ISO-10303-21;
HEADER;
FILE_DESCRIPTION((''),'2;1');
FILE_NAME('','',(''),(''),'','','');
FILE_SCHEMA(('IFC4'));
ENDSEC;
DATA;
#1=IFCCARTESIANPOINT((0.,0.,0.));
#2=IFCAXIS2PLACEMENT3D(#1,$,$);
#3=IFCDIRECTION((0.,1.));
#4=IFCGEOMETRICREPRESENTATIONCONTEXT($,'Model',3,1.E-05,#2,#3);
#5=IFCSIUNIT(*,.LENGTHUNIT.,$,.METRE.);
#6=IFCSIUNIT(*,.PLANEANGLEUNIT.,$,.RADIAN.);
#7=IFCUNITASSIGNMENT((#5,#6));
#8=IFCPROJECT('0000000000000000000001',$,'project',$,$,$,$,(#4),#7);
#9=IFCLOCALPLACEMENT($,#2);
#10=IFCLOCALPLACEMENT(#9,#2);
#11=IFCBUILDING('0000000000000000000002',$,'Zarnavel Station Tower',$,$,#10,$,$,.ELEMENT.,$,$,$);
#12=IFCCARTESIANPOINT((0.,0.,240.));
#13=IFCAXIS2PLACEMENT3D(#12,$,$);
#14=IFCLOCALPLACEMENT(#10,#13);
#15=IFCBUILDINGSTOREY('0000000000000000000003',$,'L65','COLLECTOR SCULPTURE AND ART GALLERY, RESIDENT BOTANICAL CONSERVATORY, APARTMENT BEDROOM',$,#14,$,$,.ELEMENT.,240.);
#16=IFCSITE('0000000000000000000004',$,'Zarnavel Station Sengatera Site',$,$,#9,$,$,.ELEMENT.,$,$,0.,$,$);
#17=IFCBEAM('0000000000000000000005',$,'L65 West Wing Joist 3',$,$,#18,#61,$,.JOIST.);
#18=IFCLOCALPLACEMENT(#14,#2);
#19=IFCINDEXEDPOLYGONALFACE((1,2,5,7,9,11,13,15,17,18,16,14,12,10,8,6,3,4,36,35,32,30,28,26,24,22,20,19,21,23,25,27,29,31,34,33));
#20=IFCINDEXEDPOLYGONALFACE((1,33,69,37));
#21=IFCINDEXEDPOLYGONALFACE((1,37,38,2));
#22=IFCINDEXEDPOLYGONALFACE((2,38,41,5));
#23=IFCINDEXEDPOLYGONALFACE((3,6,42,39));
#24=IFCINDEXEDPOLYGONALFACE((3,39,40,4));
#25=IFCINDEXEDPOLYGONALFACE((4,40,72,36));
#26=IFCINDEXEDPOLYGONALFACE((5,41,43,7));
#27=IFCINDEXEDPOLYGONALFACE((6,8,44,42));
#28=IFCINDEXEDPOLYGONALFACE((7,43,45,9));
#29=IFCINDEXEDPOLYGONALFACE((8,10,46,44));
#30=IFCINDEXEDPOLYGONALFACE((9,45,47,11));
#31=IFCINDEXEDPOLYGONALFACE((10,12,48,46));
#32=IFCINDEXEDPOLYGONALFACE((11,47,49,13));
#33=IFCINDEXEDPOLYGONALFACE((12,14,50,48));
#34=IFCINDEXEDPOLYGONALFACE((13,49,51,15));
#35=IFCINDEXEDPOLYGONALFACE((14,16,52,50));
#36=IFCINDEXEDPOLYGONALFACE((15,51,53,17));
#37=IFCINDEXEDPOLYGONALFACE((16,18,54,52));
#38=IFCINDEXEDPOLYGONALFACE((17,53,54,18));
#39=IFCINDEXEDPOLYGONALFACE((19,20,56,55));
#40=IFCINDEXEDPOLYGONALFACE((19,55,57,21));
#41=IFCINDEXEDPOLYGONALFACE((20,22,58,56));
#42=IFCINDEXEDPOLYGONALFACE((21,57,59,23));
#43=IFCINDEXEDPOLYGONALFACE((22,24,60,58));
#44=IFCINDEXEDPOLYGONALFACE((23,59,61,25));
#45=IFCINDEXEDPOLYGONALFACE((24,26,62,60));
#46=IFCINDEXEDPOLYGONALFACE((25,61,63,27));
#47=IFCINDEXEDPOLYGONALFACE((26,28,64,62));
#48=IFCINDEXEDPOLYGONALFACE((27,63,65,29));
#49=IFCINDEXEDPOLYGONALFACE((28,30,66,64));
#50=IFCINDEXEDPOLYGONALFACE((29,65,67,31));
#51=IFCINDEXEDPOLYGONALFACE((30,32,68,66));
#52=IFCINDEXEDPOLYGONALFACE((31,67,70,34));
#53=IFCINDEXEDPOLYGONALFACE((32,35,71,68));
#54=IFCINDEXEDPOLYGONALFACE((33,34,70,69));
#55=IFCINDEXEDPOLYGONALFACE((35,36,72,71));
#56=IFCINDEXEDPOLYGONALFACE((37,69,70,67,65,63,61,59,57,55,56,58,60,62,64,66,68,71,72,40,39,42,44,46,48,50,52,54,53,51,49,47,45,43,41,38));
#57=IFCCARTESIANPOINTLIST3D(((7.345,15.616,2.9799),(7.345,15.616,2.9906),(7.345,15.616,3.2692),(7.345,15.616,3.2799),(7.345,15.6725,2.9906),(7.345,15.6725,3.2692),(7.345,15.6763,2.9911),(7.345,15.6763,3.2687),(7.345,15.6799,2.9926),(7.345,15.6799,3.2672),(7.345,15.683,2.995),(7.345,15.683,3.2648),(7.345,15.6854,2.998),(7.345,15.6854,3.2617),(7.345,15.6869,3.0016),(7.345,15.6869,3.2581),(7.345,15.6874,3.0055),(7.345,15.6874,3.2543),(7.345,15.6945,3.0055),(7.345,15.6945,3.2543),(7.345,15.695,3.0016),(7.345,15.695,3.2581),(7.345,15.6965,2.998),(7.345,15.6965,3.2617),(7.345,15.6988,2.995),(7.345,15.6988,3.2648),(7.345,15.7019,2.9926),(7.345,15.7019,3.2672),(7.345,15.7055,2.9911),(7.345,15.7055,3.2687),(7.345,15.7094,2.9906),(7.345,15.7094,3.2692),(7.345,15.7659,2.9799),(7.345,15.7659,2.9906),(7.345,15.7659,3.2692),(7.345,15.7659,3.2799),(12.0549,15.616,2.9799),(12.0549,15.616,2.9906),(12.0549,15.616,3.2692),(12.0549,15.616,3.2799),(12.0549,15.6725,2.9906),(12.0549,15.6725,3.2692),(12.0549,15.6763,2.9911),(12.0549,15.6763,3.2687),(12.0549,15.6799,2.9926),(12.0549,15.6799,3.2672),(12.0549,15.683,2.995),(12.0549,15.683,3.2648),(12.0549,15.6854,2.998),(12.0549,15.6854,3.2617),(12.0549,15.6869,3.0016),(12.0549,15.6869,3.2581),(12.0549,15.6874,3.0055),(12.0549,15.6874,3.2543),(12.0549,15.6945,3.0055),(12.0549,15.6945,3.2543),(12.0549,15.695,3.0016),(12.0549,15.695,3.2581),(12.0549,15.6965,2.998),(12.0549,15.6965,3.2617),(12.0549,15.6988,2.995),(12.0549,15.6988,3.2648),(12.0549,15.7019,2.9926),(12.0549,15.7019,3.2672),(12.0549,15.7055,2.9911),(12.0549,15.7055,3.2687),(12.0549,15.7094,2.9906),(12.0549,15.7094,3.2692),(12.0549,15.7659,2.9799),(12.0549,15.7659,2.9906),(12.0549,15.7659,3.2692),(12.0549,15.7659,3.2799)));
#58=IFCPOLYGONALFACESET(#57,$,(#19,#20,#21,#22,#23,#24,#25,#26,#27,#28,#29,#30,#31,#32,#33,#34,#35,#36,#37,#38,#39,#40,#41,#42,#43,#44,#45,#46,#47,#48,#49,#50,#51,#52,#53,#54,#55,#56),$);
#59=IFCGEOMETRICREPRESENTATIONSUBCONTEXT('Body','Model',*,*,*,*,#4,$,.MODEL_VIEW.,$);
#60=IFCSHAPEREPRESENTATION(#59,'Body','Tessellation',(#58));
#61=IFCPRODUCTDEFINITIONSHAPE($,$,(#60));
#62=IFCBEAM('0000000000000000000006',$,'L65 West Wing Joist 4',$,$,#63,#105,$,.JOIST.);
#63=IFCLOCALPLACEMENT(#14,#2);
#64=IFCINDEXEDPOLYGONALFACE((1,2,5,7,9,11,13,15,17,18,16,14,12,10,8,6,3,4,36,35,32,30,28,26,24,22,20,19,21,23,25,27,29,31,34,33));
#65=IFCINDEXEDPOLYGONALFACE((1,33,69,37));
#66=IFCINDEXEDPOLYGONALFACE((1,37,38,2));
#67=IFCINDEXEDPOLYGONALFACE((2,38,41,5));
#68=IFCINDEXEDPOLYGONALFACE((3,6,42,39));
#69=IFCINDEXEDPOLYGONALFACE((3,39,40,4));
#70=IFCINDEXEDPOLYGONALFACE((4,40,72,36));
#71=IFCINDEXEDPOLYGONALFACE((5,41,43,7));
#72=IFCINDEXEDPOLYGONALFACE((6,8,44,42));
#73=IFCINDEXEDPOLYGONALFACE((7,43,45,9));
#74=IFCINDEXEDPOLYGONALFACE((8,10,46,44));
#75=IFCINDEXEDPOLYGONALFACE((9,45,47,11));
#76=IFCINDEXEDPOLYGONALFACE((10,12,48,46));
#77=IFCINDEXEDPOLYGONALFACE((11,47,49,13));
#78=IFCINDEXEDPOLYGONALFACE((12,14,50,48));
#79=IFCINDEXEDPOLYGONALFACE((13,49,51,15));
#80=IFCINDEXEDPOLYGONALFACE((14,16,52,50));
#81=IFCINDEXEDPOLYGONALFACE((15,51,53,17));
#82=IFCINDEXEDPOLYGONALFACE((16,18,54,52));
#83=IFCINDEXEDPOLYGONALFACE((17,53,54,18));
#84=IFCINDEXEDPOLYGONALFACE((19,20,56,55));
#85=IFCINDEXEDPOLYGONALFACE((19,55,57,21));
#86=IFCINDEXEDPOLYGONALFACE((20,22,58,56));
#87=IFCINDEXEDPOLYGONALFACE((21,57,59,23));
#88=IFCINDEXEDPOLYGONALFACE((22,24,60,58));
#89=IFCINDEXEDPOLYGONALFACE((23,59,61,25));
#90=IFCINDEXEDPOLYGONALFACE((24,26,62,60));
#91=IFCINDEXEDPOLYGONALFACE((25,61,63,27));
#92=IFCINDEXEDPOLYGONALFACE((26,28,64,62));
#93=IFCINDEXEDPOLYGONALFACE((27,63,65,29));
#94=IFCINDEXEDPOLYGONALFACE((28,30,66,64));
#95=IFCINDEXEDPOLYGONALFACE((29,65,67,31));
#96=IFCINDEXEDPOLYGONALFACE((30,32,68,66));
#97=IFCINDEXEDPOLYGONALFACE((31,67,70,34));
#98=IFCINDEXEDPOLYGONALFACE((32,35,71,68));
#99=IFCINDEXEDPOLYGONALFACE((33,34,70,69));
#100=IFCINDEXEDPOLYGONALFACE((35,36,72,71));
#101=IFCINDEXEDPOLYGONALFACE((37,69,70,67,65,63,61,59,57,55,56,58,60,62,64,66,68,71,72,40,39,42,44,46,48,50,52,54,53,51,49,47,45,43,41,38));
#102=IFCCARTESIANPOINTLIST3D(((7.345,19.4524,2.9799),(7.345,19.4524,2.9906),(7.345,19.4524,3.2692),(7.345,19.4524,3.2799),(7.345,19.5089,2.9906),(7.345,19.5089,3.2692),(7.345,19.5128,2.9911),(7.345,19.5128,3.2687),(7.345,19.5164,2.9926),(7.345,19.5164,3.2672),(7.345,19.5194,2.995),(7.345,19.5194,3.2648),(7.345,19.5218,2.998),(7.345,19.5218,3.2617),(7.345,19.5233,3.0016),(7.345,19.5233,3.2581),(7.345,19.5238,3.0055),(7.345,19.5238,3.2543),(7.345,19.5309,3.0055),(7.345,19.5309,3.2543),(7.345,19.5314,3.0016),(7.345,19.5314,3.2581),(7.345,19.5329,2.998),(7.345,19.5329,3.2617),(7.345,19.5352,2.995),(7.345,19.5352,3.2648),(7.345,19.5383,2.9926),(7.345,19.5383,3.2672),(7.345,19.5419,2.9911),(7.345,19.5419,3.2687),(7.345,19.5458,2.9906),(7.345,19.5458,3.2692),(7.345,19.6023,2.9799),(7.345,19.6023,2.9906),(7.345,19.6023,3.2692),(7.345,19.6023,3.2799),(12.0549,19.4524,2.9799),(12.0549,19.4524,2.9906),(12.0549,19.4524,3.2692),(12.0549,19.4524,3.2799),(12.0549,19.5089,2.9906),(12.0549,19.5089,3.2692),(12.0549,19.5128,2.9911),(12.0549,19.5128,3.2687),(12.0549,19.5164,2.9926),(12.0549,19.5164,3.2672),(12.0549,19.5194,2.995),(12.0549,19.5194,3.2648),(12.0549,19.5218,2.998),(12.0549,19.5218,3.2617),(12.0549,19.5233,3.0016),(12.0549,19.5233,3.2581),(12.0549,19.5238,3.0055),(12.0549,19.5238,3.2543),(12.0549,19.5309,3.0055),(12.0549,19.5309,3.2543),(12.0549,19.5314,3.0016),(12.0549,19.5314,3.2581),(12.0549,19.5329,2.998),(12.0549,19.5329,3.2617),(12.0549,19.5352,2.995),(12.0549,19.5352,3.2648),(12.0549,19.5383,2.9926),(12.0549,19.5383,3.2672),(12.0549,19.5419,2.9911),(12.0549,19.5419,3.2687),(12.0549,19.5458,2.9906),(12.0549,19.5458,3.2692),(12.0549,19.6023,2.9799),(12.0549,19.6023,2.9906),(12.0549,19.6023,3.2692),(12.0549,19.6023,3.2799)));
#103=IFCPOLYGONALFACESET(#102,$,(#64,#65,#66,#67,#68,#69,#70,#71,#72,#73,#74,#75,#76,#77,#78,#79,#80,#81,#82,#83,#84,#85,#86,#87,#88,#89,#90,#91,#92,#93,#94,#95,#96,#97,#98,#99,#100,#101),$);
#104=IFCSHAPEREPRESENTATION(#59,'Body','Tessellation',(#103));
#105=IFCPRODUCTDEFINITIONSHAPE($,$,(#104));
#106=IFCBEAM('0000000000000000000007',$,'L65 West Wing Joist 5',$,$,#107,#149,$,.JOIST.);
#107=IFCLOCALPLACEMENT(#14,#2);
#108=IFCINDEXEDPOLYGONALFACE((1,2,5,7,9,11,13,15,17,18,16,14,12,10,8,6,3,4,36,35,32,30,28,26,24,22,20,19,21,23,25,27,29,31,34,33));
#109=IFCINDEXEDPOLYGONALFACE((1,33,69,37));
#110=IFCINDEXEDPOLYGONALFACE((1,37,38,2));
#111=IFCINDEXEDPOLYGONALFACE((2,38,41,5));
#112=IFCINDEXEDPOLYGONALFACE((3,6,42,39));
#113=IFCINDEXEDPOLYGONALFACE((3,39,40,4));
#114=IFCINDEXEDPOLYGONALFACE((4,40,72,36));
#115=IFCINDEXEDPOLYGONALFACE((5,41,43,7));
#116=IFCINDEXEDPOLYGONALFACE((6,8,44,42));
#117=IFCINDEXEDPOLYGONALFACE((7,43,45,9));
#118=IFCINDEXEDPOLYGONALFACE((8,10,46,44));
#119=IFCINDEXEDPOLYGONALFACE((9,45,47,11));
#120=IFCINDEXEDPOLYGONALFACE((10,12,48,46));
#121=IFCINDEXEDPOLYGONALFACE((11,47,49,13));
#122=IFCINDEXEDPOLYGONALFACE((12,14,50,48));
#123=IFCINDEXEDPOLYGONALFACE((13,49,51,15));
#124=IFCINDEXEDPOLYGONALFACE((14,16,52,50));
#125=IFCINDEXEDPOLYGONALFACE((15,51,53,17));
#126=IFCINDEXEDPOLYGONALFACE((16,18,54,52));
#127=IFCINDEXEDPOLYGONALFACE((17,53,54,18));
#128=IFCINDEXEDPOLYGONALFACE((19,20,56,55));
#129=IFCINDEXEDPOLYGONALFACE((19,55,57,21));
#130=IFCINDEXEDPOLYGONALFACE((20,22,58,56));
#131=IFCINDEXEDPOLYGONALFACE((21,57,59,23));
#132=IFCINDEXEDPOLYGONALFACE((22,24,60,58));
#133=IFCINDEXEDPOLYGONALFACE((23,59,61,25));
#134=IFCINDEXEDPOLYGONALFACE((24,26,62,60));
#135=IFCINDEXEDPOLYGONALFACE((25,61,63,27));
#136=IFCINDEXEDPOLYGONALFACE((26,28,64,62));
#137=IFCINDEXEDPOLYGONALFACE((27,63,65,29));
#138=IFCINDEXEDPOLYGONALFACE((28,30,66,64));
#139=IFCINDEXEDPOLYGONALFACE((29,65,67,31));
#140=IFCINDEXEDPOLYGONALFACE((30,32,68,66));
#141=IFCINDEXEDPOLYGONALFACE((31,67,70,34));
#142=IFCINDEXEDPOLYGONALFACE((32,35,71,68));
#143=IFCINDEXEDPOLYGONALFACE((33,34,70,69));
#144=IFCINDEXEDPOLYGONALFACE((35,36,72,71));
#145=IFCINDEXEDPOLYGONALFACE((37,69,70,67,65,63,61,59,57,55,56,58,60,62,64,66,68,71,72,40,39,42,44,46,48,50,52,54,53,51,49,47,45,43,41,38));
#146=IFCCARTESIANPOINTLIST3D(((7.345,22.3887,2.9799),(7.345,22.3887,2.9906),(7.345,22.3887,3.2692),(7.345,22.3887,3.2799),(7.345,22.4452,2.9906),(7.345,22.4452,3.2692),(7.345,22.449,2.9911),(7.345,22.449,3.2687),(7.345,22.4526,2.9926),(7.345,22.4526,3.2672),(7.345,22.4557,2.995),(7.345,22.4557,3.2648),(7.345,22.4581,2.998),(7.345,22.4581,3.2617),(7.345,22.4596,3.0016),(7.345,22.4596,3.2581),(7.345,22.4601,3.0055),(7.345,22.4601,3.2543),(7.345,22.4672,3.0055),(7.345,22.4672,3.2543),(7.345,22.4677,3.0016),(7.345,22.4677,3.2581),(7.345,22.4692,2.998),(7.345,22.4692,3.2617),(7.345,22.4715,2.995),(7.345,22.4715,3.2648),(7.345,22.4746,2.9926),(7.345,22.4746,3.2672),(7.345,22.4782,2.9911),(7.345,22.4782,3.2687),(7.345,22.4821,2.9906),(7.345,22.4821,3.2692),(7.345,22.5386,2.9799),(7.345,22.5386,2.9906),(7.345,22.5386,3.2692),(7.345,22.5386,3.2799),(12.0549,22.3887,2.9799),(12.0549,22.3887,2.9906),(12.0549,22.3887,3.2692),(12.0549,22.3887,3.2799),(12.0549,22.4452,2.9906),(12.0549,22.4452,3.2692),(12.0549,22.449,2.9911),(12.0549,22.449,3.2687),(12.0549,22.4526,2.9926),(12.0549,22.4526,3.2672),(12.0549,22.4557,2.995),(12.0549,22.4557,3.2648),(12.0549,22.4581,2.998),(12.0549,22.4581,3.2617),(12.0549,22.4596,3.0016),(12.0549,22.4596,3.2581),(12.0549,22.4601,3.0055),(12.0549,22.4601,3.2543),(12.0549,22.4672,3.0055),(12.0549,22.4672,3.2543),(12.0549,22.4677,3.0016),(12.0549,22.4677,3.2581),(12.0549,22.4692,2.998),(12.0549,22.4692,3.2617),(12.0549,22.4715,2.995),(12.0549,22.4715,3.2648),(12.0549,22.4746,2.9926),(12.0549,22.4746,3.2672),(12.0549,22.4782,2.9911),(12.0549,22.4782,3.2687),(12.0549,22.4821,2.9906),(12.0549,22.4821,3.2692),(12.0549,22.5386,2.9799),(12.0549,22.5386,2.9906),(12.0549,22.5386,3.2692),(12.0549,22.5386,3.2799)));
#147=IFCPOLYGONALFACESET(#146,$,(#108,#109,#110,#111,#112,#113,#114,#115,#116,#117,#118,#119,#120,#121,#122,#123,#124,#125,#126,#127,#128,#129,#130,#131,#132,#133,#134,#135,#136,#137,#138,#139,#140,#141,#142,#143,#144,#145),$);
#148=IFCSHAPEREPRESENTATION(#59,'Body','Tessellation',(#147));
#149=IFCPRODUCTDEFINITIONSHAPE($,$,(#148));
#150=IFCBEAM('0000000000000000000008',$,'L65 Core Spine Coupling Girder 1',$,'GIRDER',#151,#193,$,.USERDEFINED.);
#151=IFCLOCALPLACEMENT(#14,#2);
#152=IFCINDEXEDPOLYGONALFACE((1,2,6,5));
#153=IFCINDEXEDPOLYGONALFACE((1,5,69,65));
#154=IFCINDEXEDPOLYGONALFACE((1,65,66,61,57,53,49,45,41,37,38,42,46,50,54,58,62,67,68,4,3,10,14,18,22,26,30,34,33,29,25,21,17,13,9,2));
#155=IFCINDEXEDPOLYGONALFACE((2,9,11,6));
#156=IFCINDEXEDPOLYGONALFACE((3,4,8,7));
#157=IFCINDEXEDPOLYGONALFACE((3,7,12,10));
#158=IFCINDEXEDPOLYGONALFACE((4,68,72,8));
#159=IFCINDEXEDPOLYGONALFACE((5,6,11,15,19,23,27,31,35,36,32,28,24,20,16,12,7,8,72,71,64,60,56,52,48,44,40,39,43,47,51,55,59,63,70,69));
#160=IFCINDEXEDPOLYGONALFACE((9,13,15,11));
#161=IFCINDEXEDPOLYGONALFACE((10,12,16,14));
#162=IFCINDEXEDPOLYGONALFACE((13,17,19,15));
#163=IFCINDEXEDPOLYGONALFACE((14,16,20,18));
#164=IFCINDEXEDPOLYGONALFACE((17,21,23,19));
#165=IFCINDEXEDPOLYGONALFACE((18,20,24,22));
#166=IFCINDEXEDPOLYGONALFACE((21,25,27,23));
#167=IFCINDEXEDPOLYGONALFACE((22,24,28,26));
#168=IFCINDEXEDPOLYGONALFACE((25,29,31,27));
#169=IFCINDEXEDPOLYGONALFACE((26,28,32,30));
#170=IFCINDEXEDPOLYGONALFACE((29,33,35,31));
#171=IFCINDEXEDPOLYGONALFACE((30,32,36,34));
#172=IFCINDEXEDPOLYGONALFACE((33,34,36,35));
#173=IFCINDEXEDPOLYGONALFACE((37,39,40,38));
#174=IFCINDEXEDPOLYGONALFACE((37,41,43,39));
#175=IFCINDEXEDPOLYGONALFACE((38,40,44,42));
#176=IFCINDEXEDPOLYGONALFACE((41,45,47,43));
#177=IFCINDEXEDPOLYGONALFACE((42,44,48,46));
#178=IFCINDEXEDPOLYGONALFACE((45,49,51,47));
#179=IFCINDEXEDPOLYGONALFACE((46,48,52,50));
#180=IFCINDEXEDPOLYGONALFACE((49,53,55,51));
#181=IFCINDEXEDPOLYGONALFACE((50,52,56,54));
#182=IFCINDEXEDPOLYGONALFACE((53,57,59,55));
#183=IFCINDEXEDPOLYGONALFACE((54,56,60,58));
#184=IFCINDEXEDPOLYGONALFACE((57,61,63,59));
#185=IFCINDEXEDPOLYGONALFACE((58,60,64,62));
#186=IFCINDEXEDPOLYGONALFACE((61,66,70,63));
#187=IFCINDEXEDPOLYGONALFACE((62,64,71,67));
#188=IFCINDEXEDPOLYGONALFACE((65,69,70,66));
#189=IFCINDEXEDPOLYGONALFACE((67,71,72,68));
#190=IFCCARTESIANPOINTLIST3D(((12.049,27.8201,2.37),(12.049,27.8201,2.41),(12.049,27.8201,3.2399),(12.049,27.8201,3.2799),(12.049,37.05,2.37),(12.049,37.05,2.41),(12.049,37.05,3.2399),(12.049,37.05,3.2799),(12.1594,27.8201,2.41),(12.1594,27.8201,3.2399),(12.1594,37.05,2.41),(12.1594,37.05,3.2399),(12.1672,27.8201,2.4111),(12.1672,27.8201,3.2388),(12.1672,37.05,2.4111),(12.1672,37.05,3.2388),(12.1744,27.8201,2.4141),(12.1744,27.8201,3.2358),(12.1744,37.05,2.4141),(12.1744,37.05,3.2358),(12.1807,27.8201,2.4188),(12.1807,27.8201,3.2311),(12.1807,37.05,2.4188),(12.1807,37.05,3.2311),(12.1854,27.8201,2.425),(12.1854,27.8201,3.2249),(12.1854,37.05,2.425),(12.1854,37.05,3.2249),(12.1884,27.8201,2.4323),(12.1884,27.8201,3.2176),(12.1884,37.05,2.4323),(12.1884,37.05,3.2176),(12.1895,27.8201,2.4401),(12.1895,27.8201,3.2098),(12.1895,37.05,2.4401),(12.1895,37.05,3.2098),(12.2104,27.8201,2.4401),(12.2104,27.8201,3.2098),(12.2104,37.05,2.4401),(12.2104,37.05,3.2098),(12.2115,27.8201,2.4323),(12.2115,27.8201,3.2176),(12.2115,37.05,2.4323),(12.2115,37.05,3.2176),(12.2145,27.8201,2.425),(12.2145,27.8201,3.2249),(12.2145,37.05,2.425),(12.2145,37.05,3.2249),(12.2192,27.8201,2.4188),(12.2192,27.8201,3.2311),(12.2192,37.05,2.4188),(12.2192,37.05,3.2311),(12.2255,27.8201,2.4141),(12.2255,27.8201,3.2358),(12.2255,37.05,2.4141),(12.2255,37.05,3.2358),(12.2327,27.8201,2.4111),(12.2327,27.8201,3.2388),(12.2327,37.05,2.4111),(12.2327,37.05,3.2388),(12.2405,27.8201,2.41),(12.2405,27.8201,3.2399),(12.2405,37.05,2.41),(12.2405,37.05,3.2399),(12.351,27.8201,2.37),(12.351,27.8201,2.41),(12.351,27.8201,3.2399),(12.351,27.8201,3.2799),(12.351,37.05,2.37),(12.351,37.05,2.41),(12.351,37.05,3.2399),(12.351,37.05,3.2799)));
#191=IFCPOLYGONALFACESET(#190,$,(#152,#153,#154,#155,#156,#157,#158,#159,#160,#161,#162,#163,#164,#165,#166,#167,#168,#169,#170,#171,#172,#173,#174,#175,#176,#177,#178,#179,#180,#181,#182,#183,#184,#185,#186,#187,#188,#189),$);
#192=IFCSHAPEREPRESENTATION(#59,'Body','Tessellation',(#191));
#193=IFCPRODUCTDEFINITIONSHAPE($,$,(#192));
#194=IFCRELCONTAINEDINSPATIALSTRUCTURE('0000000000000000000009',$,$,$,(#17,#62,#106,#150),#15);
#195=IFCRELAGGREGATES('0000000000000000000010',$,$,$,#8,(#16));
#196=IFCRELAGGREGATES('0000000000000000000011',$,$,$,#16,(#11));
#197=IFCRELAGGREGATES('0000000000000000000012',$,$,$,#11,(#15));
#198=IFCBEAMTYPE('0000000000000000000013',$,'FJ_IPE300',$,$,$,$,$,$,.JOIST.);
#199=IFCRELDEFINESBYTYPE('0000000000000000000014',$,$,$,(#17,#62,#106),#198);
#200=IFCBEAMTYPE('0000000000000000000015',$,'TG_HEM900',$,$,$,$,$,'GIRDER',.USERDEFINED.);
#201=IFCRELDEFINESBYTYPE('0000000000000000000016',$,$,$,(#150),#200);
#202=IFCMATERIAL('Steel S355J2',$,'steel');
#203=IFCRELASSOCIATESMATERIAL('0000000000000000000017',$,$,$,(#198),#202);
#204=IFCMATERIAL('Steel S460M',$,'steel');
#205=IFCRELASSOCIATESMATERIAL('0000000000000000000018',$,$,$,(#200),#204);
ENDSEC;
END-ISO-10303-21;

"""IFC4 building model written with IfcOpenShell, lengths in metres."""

from ifc_helpers import new_model, si_unit, direction, frame, origin, origin_2d, place, context, subcontext, project, spatial, i_section, extrude, material, material_profile, profile_set, type_object, element, save


model = new_model("IFC4")

# Units and contexts
model_context = context("Model", 3, precision=1e-05, world=origin(), true_north=direction((0.0, 1.0)))
body_context = subcontext(model_context, "Body", "Model", "MODEL_VIEW")
ifc_project = project(units=[si_unit("LENGTHUNIT", "METRE"), si_unit("PLANEANGLEUNIT", "RADIAN")], contexts=[model_context])

# Site, building, storey
site_placement = place(None, origin())
site = spatial("IfcSite", under=ifc_project, at=site_placement, Name="Zarnavel Station Sengatera Site", CompositionType="ELEMENT", RefElevation=0.0)
building_placement = place(site_placement, origin())
building = spatial("IfcBuilding", under=site, at=building_placement, Name="Zarnavel Station Tower", CompositionType="ELEMENT")
storey_placement = place(building_placement, frame((0.0, 0.0, 240.0)))
storey = spatial("IfcBuildingStorey", under=building, at=storey_placement, Name="L65", Description="COLLECTOR SCULPTURE AND ART GALLERY, RESIDENT BOTANICAL CONSERVATORY, APARTMENT BEDROOM", CompositionType="ELEMENT", Elevation=240.0)

# Beams
ifc_material_1 = material(Name="Steel S355J2", Category="steel")
ifc_material_profile_1 = material_profile(ifc_material_1, i_section(OverallWidth=0.1499, OverallDepth=0.3, WebThickness=0.0071, FlangeThickness=0.0107, FilletRadius=0.0149, at=origin_2d()), Name="IPE300")
ifc_profile_set_1 = profile_set([ifc_material_profile_1], Name="Steel S355J2")
beam_type_1 = type_object("IfcBeamType", Name="FJ_IPE300", PredefinedType="JOIST", material=ifc_profile_set_1)
for number, where, z_axis, x_axis, name in (
    (1, (7.345, 15.6909, 3.1299), (1.0, 0.0, 0.0), (0.0, 1.0, 0.0), "L65 West Wing Joist 3"),
    (2, (7.345, 19.5273, 3.1299), (1.0, 0.0, 0.0), (0.0, 1.0, 0.0), "L65 West Wing Joist 4"),
    (3, (7.345, 22.4636, 3.1299), (1.0, 0.0, 0.0), (0.0, 1.0, 0.0), "L65 West Wing Joist 5"),
):
    element("IfcBeam", number, at=place(storey_placement, frame(where, z_axis=z_axis, x_axis=x_axis)), inside=storey, type_object=beam_type_1, Name=name, PredefinedType="JOIST", context=body_context, shape_type="SweptSolid", body=[
        extrude(i_section(OverallWidth=0.1499, OverallDepth=0.3, WebThickness=0.0071, FlangeThickness=0.0107, FilletRadius=0.0149, at=origin_2d()), origin(), (0.0, 0.0, 1.0), 4.71),
    ])
ifc_material_2 = material(Name="Steel S460M", Category="steel")
ifc_material_profile_2 = material_profile(ifc_material_2, i_section(OverallWidth=0.302, OverallDepth=0.9099, WebThickness=0.021, FlangeThickness=0.04, FilletRadius=0.03, at=origin_2d()), Name="HEM900")
ifc_profile_set_2 = profile_set([ifc_material_profile_2], Name="Steel S460M")
beam_type_2 = type_object("IfcBeamType", Name="TG_HEM900", ElementType="GIRDER", PredefinedType="USERDEFINED", material=ifc_profile_set_2)
beam_1_placement = place(storey_placement, frame((12.2, 27.8201, 2.825), z_axis=(0.0, 1.0, 0.0), x_axis=(-1.0, 0.0, 0.0)))
element("IfcBeam", 4, at=beam_1_placement, inside=storey, type_object=beam_type_2, Name="L65 Core Spine Coupling Girder 1", ObjectType="GIRDER", PredefinedType="USERDEFINED", context=body_context, shape_type="SweptSolid", body=[
    extrude(i_section(OverallWidth=0.302, OverallDepth=0.9099, WebThickness=0.021, FlangeThickness=0.04, FilletRadius=0.03, at=origin_2d()), origin(), (0.0, 0.0, 1.0), 9.23),
])

save(model, "model.ifc")
